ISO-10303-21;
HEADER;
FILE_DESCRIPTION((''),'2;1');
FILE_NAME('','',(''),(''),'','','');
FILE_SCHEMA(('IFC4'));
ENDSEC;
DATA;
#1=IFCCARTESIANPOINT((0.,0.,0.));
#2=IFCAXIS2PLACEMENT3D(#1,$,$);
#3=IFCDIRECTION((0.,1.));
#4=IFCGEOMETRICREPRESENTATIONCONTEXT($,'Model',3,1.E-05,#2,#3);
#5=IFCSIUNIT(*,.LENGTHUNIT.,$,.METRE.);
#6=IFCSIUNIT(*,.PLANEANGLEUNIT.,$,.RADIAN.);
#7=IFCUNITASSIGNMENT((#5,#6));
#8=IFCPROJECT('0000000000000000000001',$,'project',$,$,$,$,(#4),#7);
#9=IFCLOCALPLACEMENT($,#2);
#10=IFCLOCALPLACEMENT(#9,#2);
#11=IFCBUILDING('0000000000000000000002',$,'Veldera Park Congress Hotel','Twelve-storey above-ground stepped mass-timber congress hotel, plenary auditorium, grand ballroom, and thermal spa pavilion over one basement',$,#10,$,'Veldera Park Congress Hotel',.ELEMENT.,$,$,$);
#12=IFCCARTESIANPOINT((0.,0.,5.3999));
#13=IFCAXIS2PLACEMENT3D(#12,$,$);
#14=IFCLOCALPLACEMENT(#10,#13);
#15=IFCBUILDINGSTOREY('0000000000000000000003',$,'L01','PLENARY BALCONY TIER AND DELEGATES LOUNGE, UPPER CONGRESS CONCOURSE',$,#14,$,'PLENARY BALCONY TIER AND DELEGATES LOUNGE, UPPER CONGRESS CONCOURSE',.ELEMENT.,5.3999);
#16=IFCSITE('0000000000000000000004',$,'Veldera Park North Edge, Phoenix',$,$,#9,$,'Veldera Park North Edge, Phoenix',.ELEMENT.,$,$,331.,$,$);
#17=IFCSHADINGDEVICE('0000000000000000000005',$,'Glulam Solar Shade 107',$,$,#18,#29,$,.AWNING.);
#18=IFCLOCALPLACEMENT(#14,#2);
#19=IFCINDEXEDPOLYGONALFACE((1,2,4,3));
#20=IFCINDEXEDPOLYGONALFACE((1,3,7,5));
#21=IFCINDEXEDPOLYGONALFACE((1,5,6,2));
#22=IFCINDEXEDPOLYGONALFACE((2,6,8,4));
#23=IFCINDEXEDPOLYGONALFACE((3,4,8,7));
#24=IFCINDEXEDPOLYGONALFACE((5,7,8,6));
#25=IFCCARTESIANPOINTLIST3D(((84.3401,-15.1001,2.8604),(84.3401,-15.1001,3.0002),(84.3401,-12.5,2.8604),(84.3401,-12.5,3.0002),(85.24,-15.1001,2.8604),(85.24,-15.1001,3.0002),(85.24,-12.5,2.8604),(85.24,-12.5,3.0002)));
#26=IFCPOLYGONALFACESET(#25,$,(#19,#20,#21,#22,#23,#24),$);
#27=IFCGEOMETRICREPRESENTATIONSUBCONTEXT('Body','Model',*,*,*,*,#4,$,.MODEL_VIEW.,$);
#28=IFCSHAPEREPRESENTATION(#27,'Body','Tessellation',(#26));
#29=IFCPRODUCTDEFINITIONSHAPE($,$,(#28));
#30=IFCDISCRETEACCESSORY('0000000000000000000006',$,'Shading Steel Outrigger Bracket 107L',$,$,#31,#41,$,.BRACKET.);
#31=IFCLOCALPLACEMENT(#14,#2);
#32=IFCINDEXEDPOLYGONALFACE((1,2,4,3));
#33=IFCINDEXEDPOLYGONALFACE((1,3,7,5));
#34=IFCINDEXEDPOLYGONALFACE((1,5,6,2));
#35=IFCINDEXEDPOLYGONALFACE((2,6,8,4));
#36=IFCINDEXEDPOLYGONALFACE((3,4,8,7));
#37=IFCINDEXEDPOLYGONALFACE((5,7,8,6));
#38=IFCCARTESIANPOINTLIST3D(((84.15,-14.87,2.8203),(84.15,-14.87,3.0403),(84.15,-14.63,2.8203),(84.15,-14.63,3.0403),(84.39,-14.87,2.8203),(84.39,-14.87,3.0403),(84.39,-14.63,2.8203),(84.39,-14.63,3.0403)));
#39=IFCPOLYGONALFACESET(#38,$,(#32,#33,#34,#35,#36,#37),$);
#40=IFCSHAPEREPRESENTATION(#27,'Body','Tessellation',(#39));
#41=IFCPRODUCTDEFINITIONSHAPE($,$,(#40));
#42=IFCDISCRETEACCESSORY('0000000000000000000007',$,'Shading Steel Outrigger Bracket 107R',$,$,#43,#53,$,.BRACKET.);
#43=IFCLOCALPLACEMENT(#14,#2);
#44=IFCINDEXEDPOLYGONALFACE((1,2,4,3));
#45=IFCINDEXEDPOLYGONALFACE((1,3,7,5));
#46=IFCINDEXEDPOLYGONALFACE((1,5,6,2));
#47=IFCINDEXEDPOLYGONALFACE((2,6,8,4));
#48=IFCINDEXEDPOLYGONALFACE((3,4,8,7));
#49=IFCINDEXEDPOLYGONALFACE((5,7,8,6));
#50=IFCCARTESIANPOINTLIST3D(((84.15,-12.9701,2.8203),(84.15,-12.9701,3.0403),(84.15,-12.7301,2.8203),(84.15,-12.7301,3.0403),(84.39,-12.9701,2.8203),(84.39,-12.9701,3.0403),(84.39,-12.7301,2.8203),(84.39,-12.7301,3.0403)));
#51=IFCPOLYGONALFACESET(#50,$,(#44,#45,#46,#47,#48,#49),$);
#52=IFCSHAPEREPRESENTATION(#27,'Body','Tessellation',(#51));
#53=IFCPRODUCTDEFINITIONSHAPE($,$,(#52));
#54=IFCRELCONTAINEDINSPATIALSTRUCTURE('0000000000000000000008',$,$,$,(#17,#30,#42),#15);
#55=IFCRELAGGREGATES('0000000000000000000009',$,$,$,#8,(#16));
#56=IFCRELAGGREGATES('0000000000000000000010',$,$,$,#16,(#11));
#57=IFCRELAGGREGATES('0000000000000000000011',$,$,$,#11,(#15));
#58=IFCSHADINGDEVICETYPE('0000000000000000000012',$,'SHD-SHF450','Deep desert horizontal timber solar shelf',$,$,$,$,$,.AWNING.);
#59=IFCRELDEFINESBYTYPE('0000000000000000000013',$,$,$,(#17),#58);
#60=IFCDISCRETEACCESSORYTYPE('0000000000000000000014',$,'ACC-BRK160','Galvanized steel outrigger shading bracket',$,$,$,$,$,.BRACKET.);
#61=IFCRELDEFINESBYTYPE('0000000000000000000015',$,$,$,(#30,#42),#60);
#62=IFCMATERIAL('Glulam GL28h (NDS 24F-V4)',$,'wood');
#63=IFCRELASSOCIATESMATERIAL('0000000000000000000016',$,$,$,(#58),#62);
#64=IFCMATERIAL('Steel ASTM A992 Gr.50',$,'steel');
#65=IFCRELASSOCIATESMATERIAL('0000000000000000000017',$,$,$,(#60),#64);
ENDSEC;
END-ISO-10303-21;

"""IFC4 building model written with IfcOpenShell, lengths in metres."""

from ifc_helpers import new_model, si_unit, direction, frame, origin, origin_2d, place, context, subcontext, project, spatial, rectangle, extrude, material, type_object, element, save


model = new_model("IFC4")

# Units and contexts
model_context = context("Model", 3, precision=1e-05, world=origin(), true_north=direction((0.0, 1.0)))
body_context = subcontext(model_context, "Body", "Model", "MODEL_VIEW")
ifc_project = project(units=[si_unit("LENGTHUNIT", "METRE"), si_unit("PLANEANGLEUNIT", "RADIAN")], contexts=[model_context])

# Site, building, storey
site_placement = place(None, origin())
site = spatial("IfcSite", under=ifc_project, at=site_placement, Name="Veldera Park North Edge, Phoenix", LongName="Veldera Park North Edge, Phoenix", CompositionType="ELEMENT", RefElevation=331.0)
building_placement = place(site_placement, origin())
building = spatial("IfcBuilding", under=site, at=building_placement, Name="Veldera Park Congress Hotel", Description="Twelve-storey above-ground stepped mass-timber congress hotel, plenary auditorium, grand ballroom, and thermal spa pavilion over one basement", LongName="Veldera Park Congress Hotel", CompositionType="ELEMENT")
storey_placement = place(building_placement, frame((0.0, 0.0, 5.3999)))
storey = spatial("IfcBuildingStorey", under=building, at=storey_placement, Name="L01", Description="PLENARY BALCONY TIER AND DELEGATES LOUNGE, UPPER CONGRESS CONCOURSE", LongName="PLENARY BALCONY TIER AND DELEGATES LOUNGE, UPPER CONGRESS CONCOURSE", CompositionType="ELEMENT", Elevation=5.3999)

# Shared definitions
ifc_material_1 = material(Name="Steel ASTM A992 Gr.50", Category="steel")

# Shading device
ifc_material_2 = material(Name="Glulam GL28h (NDS 24F-V4)", Category="wood")
shading_device_type = type_object("IfcShadingDeviceType", Name="SHD-SHF450", Description="Deep desert horizontal timber solar shelf", PredefinedType="AWNING", material=ifc_material_2)
shading_device_placement = place(storey_placement, frame((84.79, -13.8, 2.8604), z_axis=(0.0, 0.0, 1.0), x_axis=(0.0, 1.0, 0.0)))
element("IfcShadingDevice", 1, at=shading_device_placement, inside=storey, type_object=shading_device_type, Name="Glulam Solar Shade 107", PredefinedType="AWNING", context=body_context, shape_type="SweptSolid", body=[
    extrude(rectangle(XDim=2.6001, YDim=0.8999, at=origin_2d()), origin(), (0.0, 0.0, 1.0), 0.1399),
])

# Discrete accessories
discrete_accessory_type = type_object("IfcDiscreteAccessoryType", Name="ACC-BRK160", Description="Galvanized steel outrigger shading bracket", PredefinedType="BRACKET", material=ifc_material_1)
for number, where, z_axis, x_axis, name in (
    (2, (84.27, -14.75, 2.8203), (0.0, 0.0, 1.0), (0.0, 1.0, 0.0), "Shading Steel Outrigger Bracket 107L"),
    (3, (84.27, -12.8501, 2.8203), (0.0, 0.0, 1.0), (0.0, 1.0, 0.0), "Shading Steel Outrigger Bracket 107R"),
):
    element("IfcDiscreteAccessory", number, at=place(storey_placement, frame(where, z_axis=z_axis, x_axis=x_axis)), inside=storey, type_object=discrete_accessory_type, Name=name, PredefinedType="BRACKET", context=body_context, shape_type="SweptSolid", body=[
        extrude(rectangle(XDim=0.24, YDim=0.24, at=origin_2d()), origin(), (0.0, 0.0, 1.0), 0.22),
    ])

save(model, "model.ifc")
